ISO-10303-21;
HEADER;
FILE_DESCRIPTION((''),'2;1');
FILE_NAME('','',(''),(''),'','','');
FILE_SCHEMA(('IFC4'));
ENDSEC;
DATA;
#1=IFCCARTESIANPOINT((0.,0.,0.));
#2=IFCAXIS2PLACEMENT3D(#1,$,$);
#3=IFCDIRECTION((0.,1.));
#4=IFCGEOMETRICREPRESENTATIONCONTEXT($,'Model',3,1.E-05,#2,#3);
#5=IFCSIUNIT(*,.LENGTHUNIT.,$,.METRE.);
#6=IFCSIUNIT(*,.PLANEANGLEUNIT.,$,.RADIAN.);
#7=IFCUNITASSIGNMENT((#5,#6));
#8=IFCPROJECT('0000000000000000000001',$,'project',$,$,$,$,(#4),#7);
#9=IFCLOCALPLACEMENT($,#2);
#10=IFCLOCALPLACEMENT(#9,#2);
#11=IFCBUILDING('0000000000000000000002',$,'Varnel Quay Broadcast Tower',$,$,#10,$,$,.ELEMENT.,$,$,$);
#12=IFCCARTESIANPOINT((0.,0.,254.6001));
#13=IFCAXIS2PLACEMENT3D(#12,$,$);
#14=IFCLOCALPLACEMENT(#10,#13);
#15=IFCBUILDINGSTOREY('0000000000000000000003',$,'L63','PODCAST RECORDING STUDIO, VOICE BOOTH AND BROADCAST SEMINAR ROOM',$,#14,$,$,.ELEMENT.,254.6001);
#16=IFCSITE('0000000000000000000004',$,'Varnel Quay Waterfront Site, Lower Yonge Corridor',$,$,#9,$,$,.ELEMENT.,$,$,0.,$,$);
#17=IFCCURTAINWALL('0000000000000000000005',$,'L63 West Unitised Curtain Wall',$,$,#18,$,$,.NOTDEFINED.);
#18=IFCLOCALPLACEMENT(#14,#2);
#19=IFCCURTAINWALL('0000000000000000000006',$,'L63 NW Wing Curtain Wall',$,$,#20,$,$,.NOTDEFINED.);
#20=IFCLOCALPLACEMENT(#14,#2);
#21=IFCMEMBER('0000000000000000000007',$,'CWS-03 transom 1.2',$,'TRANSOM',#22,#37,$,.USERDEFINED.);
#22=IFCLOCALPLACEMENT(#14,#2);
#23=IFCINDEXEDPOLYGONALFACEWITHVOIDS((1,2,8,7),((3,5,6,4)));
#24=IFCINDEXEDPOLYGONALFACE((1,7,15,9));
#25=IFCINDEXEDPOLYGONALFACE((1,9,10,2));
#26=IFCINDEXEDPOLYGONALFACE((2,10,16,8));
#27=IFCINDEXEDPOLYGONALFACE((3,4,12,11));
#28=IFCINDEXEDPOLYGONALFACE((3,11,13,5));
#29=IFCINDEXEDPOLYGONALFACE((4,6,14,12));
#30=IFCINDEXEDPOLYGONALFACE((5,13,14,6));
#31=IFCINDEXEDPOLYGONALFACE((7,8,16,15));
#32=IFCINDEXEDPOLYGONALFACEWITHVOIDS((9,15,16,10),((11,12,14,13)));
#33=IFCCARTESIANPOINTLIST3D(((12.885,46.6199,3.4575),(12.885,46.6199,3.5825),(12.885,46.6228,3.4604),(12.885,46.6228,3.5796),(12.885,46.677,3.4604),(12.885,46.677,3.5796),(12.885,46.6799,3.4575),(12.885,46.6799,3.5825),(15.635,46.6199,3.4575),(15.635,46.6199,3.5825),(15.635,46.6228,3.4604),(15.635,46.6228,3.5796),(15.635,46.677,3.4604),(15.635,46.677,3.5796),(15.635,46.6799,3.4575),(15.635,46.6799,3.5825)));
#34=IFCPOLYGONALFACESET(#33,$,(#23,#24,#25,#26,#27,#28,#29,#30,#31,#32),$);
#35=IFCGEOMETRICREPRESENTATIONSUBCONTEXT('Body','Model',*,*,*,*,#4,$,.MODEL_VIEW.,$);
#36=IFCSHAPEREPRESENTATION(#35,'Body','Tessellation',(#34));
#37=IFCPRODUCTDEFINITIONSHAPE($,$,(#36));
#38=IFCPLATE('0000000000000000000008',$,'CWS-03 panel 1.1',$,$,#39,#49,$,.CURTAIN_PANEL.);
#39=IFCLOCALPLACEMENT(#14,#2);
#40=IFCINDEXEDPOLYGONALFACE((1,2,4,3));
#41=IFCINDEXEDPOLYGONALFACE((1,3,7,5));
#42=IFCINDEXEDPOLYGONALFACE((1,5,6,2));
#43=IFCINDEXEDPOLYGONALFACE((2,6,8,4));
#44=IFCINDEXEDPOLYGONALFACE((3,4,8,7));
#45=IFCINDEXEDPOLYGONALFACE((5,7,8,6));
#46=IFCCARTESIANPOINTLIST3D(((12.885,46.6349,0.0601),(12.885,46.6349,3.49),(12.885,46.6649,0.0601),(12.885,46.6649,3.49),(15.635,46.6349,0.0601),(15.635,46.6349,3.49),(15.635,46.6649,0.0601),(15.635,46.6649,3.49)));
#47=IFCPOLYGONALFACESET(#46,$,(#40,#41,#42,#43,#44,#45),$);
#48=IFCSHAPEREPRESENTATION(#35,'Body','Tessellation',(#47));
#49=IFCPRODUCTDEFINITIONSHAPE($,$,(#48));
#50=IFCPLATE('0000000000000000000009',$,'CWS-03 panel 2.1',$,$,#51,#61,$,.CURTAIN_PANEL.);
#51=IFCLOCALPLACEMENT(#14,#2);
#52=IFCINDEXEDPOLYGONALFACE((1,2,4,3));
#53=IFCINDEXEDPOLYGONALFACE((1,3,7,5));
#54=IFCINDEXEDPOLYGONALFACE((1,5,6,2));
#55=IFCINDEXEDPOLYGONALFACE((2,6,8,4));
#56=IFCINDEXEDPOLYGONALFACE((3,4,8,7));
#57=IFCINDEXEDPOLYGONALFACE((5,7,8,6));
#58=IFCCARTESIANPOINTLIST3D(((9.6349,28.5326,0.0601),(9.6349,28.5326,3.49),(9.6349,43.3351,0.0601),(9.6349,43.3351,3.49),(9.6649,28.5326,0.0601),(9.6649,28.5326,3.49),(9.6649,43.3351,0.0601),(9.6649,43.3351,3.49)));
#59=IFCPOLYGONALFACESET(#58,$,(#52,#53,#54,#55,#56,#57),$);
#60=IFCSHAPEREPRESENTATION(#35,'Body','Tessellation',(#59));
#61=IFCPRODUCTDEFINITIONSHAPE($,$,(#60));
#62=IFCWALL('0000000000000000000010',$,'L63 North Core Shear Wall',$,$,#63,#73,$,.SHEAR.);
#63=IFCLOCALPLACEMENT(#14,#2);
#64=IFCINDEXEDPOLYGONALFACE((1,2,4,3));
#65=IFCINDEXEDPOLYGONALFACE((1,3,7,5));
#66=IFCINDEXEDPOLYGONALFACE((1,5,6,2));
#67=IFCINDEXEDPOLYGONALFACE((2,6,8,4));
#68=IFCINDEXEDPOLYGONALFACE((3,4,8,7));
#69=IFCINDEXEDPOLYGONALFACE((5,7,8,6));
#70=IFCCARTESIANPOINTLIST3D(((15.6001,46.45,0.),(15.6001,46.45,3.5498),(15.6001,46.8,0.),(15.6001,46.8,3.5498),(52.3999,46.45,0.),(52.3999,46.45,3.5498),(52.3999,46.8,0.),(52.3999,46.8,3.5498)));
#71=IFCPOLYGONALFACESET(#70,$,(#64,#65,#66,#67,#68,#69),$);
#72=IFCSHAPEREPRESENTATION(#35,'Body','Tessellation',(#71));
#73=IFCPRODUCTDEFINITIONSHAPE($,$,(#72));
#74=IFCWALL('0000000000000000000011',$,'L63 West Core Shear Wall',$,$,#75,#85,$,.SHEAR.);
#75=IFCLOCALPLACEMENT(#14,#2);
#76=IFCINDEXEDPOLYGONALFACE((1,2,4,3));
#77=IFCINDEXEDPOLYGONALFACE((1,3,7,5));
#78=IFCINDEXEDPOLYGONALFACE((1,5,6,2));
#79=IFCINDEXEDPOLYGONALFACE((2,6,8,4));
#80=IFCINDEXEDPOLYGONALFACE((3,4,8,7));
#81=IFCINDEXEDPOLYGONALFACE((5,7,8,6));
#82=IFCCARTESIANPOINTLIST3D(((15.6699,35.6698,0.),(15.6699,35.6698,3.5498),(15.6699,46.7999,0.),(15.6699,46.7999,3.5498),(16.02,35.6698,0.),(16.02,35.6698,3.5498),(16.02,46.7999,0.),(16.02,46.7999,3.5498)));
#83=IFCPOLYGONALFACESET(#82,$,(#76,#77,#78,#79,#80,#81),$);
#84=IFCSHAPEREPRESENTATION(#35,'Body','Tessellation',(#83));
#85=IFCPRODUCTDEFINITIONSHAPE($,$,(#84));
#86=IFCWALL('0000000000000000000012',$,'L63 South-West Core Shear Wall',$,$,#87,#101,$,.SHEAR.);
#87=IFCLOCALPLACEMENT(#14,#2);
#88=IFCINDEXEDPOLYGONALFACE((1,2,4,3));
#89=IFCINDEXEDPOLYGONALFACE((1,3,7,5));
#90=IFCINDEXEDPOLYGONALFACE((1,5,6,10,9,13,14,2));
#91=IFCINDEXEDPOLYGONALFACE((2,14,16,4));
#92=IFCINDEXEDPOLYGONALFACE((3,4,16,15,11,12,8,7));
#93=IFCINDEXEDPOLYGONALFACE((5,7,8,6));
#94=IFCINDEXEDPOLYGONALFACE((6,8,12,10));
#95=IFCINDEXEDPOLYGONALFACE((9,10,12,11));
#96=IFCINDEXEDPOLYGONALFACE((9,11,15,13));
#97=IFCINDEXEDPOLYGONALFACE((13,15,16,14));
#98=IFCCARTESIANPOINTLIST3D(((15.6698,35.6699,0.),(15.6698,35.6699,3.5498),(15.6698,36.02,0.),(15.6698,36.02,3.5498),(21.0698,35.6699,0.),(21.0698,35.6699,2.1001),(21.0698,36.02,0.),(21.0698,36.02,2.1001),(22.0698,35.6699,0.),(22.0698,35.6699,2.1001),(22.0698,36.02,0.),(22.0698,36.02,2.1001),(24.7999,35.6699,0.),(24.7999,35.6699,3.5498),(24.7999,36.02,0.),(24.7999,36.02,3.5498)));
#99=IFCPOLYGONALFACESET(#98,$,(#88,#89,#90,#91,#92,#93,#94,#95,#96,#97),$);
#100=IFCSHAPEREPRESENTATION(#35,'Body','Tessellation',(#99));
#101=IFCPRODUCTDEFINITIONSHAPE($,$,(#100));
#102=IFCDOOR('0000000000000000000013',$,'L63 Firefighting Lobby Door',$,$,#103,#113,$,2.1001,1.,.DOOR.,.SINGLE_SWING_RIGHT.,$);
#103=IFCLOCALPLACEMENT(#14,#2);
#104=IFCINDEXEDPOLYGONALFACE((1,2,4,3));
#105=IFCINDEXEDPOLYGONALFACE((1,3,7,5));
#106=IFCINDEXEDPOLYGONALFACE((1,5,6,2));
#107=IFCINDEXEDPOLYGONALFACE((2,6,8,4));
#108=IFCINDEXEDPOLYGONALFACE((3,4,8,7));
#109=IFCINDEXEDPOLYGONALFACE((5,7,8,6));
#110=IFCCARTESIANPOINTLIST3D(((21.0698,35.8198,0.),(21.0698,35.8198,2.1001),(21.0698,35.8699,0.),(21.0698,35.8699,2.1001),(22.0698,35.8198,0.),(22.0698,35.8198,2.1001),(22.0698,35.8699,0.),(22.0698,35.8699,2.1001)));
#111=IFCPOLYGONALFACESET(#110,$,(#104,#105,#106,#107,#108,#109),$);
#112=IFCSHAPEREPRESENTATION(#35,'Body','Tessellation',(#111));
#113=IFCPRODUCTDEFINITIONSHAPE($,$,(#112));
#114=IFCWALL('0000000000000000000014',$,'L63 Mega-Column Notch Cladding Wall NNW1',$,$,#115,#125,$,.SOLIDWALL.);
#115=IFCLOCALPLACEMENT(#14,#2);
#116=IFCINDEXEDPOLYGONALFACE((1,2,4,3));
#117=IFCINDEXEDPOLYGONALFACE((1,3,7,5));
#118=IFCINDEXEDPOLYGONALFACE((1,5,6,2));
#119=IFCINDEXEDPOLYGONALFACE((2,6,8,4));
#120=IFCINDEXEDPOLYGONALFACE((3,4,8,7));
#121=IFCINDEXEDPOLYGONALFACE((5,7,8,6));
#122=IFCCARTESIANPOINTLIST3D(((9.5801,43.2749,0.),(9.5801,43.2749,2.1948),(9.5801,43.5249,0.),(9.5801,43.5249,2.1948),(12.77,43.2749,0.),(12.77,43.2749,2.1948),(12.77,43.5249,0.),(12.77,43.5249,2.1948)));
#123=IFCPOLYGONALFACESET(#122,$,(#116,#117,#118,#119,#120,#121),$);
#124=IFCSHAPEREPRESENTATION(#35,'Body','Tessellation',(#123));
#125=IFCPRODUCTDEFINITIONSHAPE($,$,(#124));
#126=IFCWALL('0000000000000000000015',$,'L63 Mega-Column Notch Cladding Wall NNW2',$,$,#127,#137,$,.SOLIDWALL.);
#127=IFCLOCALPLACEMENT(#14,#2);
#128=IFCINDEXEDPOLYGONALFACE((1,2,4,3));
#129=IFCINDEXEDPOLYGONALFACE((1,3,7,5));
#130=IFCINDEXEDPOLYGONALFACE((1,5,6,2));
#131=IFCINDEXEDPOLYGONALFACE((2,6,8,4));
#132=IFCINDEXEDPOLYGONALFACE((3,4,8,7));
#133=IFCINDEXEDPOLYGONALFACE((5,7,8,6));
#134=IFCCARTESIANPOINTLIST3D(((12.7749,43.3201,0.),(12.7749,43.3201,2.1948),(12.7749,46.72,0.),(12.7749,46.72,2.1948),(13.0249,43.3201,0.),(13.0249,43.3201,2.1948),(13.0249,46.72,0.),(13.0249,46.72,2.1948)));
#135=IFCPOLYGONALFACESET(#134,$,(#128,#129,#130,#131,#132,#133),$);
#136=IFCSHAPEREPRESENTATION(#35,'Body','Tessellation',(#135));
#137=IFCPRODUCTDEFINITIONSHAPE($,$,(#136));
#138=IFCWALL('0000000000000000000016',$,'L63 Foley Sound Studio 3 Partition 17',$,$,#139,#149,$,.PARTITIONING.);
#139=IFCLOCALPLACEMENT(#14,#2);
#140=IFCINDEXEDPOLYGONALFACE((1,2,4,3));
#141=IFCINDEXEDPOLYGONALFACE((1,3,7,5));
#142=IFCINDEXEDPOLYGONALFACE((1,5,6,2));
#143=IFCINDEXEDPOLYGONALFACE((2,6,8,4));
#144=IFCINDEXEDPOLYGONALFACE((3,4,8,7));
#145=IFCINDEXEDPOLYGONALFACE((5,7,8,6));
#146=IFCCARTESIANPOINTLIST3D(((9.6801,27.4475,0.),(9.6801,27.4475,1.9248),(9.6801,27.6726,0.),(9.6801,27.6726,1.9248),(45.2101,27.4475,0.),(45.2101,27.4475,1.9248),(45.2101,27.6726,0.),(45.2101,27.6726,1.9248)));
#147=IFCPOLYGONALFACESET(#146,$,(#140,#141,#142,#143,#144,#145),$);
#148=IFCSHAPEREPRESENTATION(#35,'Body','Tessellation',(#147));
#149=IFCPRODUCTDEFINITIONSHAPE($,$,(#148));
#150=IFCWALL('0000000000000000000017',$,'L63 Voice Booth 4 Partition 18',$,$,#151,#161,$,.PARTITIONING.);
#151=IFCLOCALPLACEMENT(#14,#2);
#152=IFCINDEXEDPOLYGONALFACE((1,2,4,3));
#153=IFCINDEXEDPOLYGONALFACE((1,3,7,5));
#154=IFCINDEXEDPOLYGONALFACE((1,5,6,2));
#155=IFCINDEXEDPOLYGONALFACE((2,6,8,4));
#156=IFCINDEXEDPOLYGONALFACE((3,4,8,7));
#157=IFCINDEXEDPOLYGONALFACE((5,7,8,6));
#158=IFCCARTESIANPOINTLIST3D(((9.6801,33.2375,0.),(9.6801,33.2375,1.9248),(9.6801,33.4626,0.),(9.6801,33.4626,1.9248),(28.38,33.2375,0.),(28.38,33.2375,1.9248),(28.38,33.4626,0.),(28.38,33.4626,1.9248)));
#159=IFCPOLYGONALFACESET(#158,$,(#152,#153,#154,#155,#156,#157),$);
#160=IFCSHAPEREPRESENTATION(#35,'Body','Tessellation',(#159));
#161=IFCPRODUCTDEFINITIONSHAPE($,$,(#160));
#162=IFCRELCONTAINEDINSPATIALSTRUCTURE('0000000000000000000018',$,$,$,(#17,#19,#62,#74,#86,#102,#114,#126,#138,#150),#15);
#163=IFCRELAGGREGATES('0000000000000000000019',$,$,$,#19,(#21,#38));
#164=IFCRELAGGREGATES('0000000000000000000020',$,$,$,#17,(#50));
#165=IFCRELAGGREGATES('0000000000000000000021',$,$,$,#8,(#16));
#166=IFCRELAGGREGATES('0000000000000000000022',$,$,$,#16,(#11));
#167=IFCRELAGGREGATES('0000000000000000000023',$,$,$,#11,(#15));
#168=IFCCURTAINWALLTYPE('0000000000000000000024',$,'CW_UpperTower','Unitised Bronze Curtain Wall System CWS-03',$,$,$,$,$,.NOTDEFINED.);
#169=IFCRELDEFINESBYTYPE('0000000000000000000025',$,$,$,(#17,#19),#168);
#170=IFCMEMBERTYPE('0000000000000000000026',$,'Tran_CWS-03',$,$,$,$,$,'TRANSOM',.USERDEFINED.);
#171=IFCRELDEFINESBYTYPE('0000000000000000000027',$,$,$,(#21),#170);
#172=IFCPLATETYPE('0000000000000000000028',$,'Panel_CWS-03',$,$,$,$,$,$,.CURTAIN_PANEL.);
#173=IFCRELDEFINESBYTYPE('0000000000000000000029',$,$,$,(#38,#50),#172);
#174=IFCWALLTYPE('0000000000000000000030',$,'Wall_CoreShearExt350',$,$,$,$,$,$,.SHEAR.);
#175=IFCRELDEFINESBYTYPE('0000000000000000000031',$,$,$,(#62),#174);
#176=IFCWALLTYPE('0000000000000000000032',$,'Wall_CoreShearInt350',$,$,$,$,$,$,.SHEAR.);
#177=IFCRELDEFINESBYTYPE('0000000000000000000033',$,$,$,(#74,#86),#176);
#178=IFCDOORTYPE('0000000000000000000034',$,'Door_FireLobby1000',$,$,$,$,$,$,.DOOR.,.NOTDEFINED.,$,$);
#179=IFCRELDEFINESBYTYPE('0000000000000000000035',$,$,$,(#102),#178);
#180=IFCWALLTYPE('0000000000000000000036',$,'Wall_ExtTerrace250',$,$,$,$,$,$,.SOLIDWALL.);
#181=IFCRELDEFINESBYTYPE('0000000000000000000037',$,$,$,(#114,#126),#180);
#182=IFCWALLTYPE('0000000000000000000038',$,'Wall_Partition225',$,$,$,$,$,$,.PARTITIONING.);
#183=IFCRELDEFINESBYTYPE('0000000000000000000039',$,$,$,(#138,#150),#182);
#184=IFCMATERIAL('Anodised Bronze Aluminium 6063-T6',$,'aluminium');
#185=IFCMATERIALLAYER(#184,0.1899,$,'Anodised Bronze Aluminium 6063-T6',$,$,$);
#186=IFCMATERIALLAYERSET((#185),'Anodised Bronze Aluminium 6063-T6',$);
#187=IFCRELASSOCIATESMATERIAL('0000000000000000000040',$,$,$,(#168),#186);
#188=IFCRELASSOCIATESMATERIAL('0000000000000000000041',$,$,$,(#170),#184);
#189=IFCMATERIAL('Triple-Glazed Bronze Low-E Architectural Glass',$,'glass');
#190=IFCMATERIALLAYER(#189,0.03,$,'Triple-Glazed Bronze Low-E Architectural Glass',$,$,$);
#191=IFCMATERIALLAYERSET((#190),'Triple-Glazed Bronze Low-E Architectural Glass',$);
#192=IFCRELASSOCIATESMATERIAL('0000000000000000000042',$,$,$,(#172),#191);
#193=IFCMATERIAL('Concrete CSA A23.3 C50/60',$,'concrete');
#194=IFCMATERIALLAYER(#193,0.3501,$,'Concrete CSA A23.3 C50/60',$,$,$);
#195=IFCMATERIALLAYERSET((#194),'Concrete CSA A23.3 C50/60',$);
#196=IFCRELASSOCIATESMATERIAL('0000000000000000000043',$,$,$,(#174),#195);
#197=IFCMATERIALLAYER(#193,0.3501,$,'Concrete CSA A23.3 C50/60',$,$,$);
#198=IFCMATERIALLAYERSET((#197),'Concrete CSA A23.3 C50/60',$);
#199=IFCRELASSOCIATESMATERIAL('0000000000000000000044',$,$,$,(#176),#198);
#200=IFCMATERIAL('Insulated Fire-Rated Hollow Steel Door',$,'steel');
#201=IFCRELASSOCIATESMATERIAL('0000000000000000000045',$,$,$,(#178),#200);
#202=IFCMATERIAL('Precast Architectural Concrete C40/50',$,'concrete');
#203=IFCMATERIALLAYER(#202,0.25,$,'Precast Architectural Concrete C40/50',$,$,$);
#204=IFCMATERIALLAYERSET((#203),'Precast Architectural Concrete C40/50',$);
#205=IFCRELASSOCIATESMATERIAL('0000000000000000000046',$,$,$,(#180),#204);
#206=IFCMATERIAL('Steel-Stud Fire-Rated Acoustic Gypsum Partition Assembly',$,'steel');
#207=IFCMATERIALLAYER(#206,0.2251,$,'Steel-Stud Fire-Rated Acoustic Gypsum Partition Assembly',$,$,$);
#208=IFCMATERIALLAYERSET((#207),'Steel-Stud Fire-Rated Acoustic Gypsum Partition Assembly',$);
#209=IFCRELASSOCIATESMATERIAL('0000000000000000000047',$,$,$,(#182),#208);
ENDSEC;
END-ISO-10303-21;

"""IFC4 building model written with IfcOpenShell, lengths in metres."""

from ifc_helpers import new_model, si_unit, direction, frame, frame_2d, origin, origin_2d, place, context, subcontext, project, spatial, rectangle, hollow_rectangle, extrude, source, transform, mapped, material, layer, layer_set, material_profile, profile_set, type_object, type_shapes, element, fill, aggregate, save


model = new_model("IFC4")

# Units and contexts
model_context = context("Model", 3, precision=1e-05, world=origin(), true_north=direction((0.0, 1.0)))
body_context = subcontext(model_context, "Body", "Model", "MODEL_VIEW")
ifc_project = project(units=[si_unit("LENGTHUNIT", "METRE"), si_unit("PLANEANGLEUNIT", "RADIAN")], contexts=[model_context])

# Site, building, storey
site_placement = place(None, origin())
site = spatial("IfcSite", under=ifc_project, at=site_placement, Name="Varnel Quay Waterfront Site, Lower Yonge Corridor", CompositionType="ELEMENT", RefElevation=0.0)
building_placement = place(site_placement, origin())
building = spatial("IfcBuilding", under=site, at=building_placement, Name="Varnel Quay Broadcast Tower", CompositionType="ELEMENT")
storey_placement = place(building_placement, frame((0.0, 0.0, 254.6001)))
storey = spatial("IfcBuildingStorey", under=building, at=storey_placement, Name="L63", Description="PODCAST RECORDING STUDIO, VOICE BOOTH AND BROADCAST SEMINAR ROOM", CompositionType="ELEMENT", Elevation=254.6001)

# Curtain walls
ifc_material_1 = material(Name="Anodised Bronze Aluminium 6063-T6", Category="aluminium")
ifc_layer_1 = layer(ifc_material_1, 0.1899, Name="Anodised Bronze Aluminium 6063-T6")
ifc_layer_set_1 = layer_set([ifc_layer_1], Name="Anodised Bronze Aluminium 6063-T6")
curtain_wall_type = type_object("IfcCurtainWallType", Name="CW_UpperTower", Description="Unitised Bronze Curtain Wall System CWS-03", PredefinedType="NOTDEFINED", material=ifc_layer_set_1)
curtain_wall_1_placement = place(storey_placement, origin())
curtain_wall_1 = element("IfcCurtainWall", 1, at=curtain_wall_1_placement, inside=storey, type_object=curtain_wall_type, Name="L63 West Unitised Curtain Wall", PredefinedType="NOTDEFINED")
curtain_wall_2_placement = place(storey_placement, origin())
curtain_wall_2 = element("IfcCurtainWall", 2, at=curtain_wall_2_placement, inside=storey, type_object=curtain_wall_type, Name="L63 NW Wing Curtain Wall", PredefinedType="NOTDEFINED")

# Member
ifc_material_profile_1 = material_profile(ifc_material_1, hollow_rectangle(XDim=0.0601, YDim=0.125, WallThickness=0.0029, at=origin_2d()), Name="ALU60X125X3")
ifc_profile_set_1 = profile_set([ifc_material_profile_1], Name="Anodised Bronze Aluminium 6063-T6")
member_type_1 = type_object("IfcMemberType", Name="Tran_CWS-03", ElementType="TRANSOM", PredefinedType="USERDEFINED", material=ifc_profile_set_1)
shared_shape_1 = source(origin(), body_context, "Body", "SweptSolid", [
    extrude(hollow_rectangle(XDim=0.0601, YDim=0.125, WallThickness=0.0029, at=origin_2d()), origin(), (0.0, 0.0, 1.0), 2.75),
])
member_1_placement = place(storey_placement, frame((12.885, 46.6499, 3.52), z_axis=(1.0, 0.0, 0.0), x_axis=(0.0, 1.0, 0.0)))
member_1 = element("IfcMember", 3, at=member_1_placement, type_object=member_type_1, Name="CWS-03 transom 1.2", ObjectType="TRANSOM", PredefinedType="USERDEFINED", context=body_context, shape_type="MappedRepresentation", body=[
    mapped(shared_shape_1, transform((0.0, 0.0, 0.0), x_axis=(1.0, 0.0, 0.0), y_axis=(0.0, 1.0, 0.0), z_axis=(0.0, 0.0, 1.0), scale=1.0)),
])

# Plates
ifc_material_2 = material(Name="Triple-Glazed Bronze Low-E Architectural Glass", Category="glass")
ifc_layer_2 = layer(ifc_material_2, 0.03, Name="Triple-Glazed Bronze Low-E Architectural Glass")
ifc_layer_set_2 = layer_set([ifc_layer_2], Name="Triple-Glazed Bronze Low-E Architectural Glass")
plate_type = type_object("IfcPlateType", Name="Panel_CWS-03", PredefinedType="CURTAIN_PANEL", material=ifc_layer_set_2)
shared_shape_2 = source(origin(), body_context, "Body", "SweptSolid", [
    extrude(rectangle(XDim=2.75, YDim=0.03, at=origin_2d()), origin(), (0.0, 0.0, 1.0), 3.4299),
])
plate_1_placement = place(storey_placement, frame((14.26, 46.6499, 0.0601), z_axis=(0.0, 0.0, 1.0), x_axis=(1.0, 0.0, 0.0)))
plate_1 = element("IfcPlate", 4, at=plate_1_placement, type_object=plate_type, Name="CWS-03 panel 1.1", PredefinedType="CURTAIN_PANEL", context=body_context, shape_type="MappedRepresentation", body=[
    mapped(shared_shape_2, transform((0.0, 0.0, 0.0), x_axis=(1.0, 0.0, 0.0), y_axis=(0.0, 1.0, 0.0), z_axis=(0.0, 0.0, 1.0), scale=1.0)),
])
aggregate(curtain_wall_2, [member_1, plate_1])
shared_shape_3 = source(origin(), body_context, "Body", "SweptSolid", [
    extrude(rectangle(XDim=14.8025, YDim=0.03, at=origin_2d()), origin(), (0.0, 0.0, 1.0), 3.4299),
])
type_shapes(plate_type, [shared_shape_2, shared_shape_3])
plate_2_placement = place(storey_placement, frame((9.6499, 35.9338, 0.0601), z_axis=(0.0, 0.0, 1.0), x_axis=(0.0, 1.0, 0.0)))
plate_2 = element("IfcPlate", 5, at=plate_2_placement, type_object=plate_type, Name="CWS-03 panel 2.1", PredefinedType="CURTAIN_PANEL", context=body_context, shape_type="MappedRepresentation", body=[
    mapped(shared_shape_3, transform((0.0, 0.0, 0.0), x_axis=(1.0, 0.0, 0.0), y_axis=(0.0, 1.0, 0.0), z_axis=(0.0, 0.0, 1.0), scale=1.0)),
])
aggregate(curtain_wall_1, [plate_2])

# Walls
ifc_material_3 = material(Name="Concrete CSA A23.3 C50/60", Category="concrete")
ifc_layer_3 = layer(ifc_material_3, 0.3501, Name="Concrete CSA A23.3 C50/60")
ifc_layer_set_3 = layer_set([ifc_layer_3], Name="Concrete CSA A23.3 C50/60")
wall_type_1 = type_object("IfcWallType", Name="Wall_CoreShearExt350", PredefinedType="SHEAR", material=ifc_layer_set_3)
wall_1_placement = place(storey_placement, frame((15.6001, 46.625, 0.0), z_axis=(0.0, 0.0, 1.0), x_axis=(1.0, 0.0, 0.0)))
element("IfcWall", 6, at=wall_1_placement, inside=storey, type_object=wall_type_1, Name="L63 North Core Shear Wall", PredefinedType="SHEAR", context=body_context, shape_type="SweptSolid", body=[
    extrude(rectangle(XDim=36.7998, YDim=0.3501, at=frame_2d((18.3999, 0.0))), origin(), (0.0, 0.0, 1.0), 3.5498),
])
ifc_layer_4 = layer(ifc_material_3, 0.3501, Name="Concrete CSA A23.3 C50/60")
ifc_layer_set_4 = layer_set([ifc_layer_4], Name="Concrete CSA A23.3 C50/60")
wall_type_2 = type_object("IfcWallType", Name="Wall_CoreShearInt350", PredefinedType="SHEAR", material=ifc_layer_set_4)
wall_2_placement = place(storey_placement, frame((15.845, 35.6699, 0.0), z_axis=(0.0, 0.0, 1.0), x_axis=(0.0, 1.0, 0.0)))
element("IfcWall", 7, at=wall_2_placement, inside=storey, type_object=wall_type_2, Name="L63 West Core Shear Wall", PredefinedType="SHEAR", context=body_context, shape_type="SweptSolid", body=[
    extrude(rectangle(XDim=11.1301, YDim=0.3501, at=frame_2d((5.5649, 0.0))), origin(), (0.0, 0.0, 1.0), 3.5498),
])

# Wall, opening, door
wall_3_placement = place(storey_placement, frame((15.6699, 35.845, 0.0), z_axis=(0.0, 0.0, 1.0), x_axis=(1.0, 0.0, 0.0)))
wall_3 = element("IfcWall", 8, at=wall_3_placement, inside=storey, type_object=wall_type_2, Name="L63 South-West Core Shear Wall", PredefinedType="SHEAR", context=body_context, shape_type="SweptSolid", body=[
    extrude(rectangle(XDim=9.1301, YDim=0.3501, at=frame_2d((4.5649, 0.0))), origin(), (0.0, 0.0, 1.0), 3.5498),
])
opening_placement = place(wall_3_placement, frame((5.3999, 0.0, 0.0)))
opening = element("IfcOpeningElement", 9, at=opening_placement, cuts=wall_3, PredefinedType="OPENING", context=body_context, shape_type="SweptSolid", body=[
    extrude(rectangle(XDim=1.0, YDim=2.1001, at=frame_2d((0.5, 1.05))), frame((0.0, 0.1851, 0.0), z_axis=(0.0, -1.0, 0.0), x_axis=(1.0, 0.0, 0.0)), (0.0, 0.0, 1.0), 0.3701),
])
ifc_material_4 = material(Name="Insulated Fire-Rated Hollow Steel Door", Category="steel")
door_type = type_object("IfcDoorType", Name="Door_FireLobby1000", OperationType="NOTDEFINED", PredefinedType="DOOR", material=ifc_material_4)
shared_shape_4 = source(origin(), body_context, "Body", "SweptSolid", [
    extrude(rectangle(XDim=1.0, YDim=2.1001, at=frame_2d((0.5, 1.05))), frame((0.0, 0.0249, 0.0), z_axis=(0.0, -1.0, 0.0), x_axis=(1.0, 0.0, 0.0)), (0.0, 0.0, 1.0), 0.05),
])
type_shapes(door_type, [shared_shape_4])
door_placement = place(opening_placement, origin())
door = element("IfcDoor", 10, at=door_placement, inside=storey, type_object=door_type, Name="L63 Firefighting Lobby Door", OperationType="SINGLE_SWING_RIGHT", OverallHeight=2.1001, OverallWidth=1.0, PredefinedType="DOOR", context=body_context, shape_type="MappedRepresentation", body=[
    mapped(shared_shape_4, transform((0.0, 0.0, 0.0), x_axis=(1.0, 0.0, 0.0), y_axis=(0.0, 1.0, 0.0), z_axis=(0.0, 0.0, 1.0), scale=1.0)),
])
fill(opening, door)

# Walls
ifc_material_5 = material(Name="Precast Architectural Concrete C40/50", Category="concrete")
ifc_layer_5 = layer(ifc_material_5, 0.25, Name="Precast Architectural Concrete C40/50")
ifc_layer_set_5 = layer_set([ifc_layer_5], Name="Precast Architectural Concrete C40/50")
wall_type_3 = type_object("IfcWallType", Name="Wall_ExtTerrace250", PredefinedType="SOLIDWALL", material=ifc_layer_set_5)
wall_4_placement = place(storey_placement, frame((9.5801, 43.3999, 0.0), z_axis=(0.0, 0.0, 1.0), x_axis=(1.0, 0.0, 0.0)))
element("IfcWall", 11, at=wall_4_placement, inside=storey, type_object=wall_type_3, Name="L63 Mega-Column Notch Cladding Wall NNW1", PredefinedType="SOLIDWALL", context=body_context, shape_type="SweptSolid", body=[
    extrude(rectangle(XDim=3.1899, YDim=0.25, at=frame_2d((1.595, 0.0))), origin(), (0.0, 0.0, 1.0), 2.1948),
])
wall_5_placement = place(storey_placement, frame((12.8999, 43.3201, 0.0), z_axis=(0.0, 0.0, 1.0), x_axis=(0.0, 1.0, 0.0)))
element("IfcWall", 12, at=wall_5_placement, inside=storey, type_object=wall_type_3, Name="L63 Mega-Column Notch Cladding Wall NNW2", PredefinedType="SOLIDWALL", context=body_context, shape_type="SweptSolid", body=[
    extrude(rectangle(XDim=3.3999, YDim=0.25, at=frame_2d((1.7, 0.0))), origin(), (0.0, 0.0, 1.0), 2.1948),
])
ifc_material_6 = material(Name="Steel-Stud Fire-Rated Acoustic Gypsum Partition Assembly", Category="steel")
ifc_layer_6 = layer(ifc_material_6, 0.2251, Name="Steel-Stud Fire-Rated Acoustic Gypsum Partition Assembly")
ifc_layer_set_6 = layer_set([ifc_layer_6], Name="Steel-Stud Fire-Rated Acoustic Gypsum Partition Assembly")
wall_type_4 = type_object("IfcWallType", Name="Wall_Partition225", PredefinedType="PARTITIONING", material=ifc_layer_set_6)
wall_6_placement = place(storey_placement, frame((9.6799, 27.5601, 0.0), z_axis=(0.0, 0.0, 1.0), x_axis=(1.0, 0.0, 0.0)))
element("IfcWall", 13, at=wall_6_placement, inside=storey, type_object=wall_type_4, Name="L63 Foley Sound Studio 3 Partition 17", PredefinedType="PARTITIONING", context=body_context, shape_type="SweptSolid", body=[
    extrude(rectangle(XDim=35.53, YDim=0.2251, at=frame_2d((17.7651, 0.0))), origin(), (0.0, 0.0, 1.0), 1.9248),
])
wall_7_placement = place(storey_placement, frame((9.6799, 33.3501, 0.0), z_axis=(0.0, 0.0, 1.0), x_axis=(1.0, 0.0, 0.0)))
element("IfcWall", 14, at=wall_7_placement, inside=storey, type_object=wall_type_4, Name="L63 Voice Booth 4 Partition 18", PredefinedType="PARTITIONING", context=body_context, shape_type="SweptSolid", body=[
    extrude(rectangle(XDim=18.7, YDim=0.2251, at=frame_2d((9.3501, 0.0))), origin(), (0.0, 0.0, 1.0), 1.9248),
])

save(model, "model.ifc")
